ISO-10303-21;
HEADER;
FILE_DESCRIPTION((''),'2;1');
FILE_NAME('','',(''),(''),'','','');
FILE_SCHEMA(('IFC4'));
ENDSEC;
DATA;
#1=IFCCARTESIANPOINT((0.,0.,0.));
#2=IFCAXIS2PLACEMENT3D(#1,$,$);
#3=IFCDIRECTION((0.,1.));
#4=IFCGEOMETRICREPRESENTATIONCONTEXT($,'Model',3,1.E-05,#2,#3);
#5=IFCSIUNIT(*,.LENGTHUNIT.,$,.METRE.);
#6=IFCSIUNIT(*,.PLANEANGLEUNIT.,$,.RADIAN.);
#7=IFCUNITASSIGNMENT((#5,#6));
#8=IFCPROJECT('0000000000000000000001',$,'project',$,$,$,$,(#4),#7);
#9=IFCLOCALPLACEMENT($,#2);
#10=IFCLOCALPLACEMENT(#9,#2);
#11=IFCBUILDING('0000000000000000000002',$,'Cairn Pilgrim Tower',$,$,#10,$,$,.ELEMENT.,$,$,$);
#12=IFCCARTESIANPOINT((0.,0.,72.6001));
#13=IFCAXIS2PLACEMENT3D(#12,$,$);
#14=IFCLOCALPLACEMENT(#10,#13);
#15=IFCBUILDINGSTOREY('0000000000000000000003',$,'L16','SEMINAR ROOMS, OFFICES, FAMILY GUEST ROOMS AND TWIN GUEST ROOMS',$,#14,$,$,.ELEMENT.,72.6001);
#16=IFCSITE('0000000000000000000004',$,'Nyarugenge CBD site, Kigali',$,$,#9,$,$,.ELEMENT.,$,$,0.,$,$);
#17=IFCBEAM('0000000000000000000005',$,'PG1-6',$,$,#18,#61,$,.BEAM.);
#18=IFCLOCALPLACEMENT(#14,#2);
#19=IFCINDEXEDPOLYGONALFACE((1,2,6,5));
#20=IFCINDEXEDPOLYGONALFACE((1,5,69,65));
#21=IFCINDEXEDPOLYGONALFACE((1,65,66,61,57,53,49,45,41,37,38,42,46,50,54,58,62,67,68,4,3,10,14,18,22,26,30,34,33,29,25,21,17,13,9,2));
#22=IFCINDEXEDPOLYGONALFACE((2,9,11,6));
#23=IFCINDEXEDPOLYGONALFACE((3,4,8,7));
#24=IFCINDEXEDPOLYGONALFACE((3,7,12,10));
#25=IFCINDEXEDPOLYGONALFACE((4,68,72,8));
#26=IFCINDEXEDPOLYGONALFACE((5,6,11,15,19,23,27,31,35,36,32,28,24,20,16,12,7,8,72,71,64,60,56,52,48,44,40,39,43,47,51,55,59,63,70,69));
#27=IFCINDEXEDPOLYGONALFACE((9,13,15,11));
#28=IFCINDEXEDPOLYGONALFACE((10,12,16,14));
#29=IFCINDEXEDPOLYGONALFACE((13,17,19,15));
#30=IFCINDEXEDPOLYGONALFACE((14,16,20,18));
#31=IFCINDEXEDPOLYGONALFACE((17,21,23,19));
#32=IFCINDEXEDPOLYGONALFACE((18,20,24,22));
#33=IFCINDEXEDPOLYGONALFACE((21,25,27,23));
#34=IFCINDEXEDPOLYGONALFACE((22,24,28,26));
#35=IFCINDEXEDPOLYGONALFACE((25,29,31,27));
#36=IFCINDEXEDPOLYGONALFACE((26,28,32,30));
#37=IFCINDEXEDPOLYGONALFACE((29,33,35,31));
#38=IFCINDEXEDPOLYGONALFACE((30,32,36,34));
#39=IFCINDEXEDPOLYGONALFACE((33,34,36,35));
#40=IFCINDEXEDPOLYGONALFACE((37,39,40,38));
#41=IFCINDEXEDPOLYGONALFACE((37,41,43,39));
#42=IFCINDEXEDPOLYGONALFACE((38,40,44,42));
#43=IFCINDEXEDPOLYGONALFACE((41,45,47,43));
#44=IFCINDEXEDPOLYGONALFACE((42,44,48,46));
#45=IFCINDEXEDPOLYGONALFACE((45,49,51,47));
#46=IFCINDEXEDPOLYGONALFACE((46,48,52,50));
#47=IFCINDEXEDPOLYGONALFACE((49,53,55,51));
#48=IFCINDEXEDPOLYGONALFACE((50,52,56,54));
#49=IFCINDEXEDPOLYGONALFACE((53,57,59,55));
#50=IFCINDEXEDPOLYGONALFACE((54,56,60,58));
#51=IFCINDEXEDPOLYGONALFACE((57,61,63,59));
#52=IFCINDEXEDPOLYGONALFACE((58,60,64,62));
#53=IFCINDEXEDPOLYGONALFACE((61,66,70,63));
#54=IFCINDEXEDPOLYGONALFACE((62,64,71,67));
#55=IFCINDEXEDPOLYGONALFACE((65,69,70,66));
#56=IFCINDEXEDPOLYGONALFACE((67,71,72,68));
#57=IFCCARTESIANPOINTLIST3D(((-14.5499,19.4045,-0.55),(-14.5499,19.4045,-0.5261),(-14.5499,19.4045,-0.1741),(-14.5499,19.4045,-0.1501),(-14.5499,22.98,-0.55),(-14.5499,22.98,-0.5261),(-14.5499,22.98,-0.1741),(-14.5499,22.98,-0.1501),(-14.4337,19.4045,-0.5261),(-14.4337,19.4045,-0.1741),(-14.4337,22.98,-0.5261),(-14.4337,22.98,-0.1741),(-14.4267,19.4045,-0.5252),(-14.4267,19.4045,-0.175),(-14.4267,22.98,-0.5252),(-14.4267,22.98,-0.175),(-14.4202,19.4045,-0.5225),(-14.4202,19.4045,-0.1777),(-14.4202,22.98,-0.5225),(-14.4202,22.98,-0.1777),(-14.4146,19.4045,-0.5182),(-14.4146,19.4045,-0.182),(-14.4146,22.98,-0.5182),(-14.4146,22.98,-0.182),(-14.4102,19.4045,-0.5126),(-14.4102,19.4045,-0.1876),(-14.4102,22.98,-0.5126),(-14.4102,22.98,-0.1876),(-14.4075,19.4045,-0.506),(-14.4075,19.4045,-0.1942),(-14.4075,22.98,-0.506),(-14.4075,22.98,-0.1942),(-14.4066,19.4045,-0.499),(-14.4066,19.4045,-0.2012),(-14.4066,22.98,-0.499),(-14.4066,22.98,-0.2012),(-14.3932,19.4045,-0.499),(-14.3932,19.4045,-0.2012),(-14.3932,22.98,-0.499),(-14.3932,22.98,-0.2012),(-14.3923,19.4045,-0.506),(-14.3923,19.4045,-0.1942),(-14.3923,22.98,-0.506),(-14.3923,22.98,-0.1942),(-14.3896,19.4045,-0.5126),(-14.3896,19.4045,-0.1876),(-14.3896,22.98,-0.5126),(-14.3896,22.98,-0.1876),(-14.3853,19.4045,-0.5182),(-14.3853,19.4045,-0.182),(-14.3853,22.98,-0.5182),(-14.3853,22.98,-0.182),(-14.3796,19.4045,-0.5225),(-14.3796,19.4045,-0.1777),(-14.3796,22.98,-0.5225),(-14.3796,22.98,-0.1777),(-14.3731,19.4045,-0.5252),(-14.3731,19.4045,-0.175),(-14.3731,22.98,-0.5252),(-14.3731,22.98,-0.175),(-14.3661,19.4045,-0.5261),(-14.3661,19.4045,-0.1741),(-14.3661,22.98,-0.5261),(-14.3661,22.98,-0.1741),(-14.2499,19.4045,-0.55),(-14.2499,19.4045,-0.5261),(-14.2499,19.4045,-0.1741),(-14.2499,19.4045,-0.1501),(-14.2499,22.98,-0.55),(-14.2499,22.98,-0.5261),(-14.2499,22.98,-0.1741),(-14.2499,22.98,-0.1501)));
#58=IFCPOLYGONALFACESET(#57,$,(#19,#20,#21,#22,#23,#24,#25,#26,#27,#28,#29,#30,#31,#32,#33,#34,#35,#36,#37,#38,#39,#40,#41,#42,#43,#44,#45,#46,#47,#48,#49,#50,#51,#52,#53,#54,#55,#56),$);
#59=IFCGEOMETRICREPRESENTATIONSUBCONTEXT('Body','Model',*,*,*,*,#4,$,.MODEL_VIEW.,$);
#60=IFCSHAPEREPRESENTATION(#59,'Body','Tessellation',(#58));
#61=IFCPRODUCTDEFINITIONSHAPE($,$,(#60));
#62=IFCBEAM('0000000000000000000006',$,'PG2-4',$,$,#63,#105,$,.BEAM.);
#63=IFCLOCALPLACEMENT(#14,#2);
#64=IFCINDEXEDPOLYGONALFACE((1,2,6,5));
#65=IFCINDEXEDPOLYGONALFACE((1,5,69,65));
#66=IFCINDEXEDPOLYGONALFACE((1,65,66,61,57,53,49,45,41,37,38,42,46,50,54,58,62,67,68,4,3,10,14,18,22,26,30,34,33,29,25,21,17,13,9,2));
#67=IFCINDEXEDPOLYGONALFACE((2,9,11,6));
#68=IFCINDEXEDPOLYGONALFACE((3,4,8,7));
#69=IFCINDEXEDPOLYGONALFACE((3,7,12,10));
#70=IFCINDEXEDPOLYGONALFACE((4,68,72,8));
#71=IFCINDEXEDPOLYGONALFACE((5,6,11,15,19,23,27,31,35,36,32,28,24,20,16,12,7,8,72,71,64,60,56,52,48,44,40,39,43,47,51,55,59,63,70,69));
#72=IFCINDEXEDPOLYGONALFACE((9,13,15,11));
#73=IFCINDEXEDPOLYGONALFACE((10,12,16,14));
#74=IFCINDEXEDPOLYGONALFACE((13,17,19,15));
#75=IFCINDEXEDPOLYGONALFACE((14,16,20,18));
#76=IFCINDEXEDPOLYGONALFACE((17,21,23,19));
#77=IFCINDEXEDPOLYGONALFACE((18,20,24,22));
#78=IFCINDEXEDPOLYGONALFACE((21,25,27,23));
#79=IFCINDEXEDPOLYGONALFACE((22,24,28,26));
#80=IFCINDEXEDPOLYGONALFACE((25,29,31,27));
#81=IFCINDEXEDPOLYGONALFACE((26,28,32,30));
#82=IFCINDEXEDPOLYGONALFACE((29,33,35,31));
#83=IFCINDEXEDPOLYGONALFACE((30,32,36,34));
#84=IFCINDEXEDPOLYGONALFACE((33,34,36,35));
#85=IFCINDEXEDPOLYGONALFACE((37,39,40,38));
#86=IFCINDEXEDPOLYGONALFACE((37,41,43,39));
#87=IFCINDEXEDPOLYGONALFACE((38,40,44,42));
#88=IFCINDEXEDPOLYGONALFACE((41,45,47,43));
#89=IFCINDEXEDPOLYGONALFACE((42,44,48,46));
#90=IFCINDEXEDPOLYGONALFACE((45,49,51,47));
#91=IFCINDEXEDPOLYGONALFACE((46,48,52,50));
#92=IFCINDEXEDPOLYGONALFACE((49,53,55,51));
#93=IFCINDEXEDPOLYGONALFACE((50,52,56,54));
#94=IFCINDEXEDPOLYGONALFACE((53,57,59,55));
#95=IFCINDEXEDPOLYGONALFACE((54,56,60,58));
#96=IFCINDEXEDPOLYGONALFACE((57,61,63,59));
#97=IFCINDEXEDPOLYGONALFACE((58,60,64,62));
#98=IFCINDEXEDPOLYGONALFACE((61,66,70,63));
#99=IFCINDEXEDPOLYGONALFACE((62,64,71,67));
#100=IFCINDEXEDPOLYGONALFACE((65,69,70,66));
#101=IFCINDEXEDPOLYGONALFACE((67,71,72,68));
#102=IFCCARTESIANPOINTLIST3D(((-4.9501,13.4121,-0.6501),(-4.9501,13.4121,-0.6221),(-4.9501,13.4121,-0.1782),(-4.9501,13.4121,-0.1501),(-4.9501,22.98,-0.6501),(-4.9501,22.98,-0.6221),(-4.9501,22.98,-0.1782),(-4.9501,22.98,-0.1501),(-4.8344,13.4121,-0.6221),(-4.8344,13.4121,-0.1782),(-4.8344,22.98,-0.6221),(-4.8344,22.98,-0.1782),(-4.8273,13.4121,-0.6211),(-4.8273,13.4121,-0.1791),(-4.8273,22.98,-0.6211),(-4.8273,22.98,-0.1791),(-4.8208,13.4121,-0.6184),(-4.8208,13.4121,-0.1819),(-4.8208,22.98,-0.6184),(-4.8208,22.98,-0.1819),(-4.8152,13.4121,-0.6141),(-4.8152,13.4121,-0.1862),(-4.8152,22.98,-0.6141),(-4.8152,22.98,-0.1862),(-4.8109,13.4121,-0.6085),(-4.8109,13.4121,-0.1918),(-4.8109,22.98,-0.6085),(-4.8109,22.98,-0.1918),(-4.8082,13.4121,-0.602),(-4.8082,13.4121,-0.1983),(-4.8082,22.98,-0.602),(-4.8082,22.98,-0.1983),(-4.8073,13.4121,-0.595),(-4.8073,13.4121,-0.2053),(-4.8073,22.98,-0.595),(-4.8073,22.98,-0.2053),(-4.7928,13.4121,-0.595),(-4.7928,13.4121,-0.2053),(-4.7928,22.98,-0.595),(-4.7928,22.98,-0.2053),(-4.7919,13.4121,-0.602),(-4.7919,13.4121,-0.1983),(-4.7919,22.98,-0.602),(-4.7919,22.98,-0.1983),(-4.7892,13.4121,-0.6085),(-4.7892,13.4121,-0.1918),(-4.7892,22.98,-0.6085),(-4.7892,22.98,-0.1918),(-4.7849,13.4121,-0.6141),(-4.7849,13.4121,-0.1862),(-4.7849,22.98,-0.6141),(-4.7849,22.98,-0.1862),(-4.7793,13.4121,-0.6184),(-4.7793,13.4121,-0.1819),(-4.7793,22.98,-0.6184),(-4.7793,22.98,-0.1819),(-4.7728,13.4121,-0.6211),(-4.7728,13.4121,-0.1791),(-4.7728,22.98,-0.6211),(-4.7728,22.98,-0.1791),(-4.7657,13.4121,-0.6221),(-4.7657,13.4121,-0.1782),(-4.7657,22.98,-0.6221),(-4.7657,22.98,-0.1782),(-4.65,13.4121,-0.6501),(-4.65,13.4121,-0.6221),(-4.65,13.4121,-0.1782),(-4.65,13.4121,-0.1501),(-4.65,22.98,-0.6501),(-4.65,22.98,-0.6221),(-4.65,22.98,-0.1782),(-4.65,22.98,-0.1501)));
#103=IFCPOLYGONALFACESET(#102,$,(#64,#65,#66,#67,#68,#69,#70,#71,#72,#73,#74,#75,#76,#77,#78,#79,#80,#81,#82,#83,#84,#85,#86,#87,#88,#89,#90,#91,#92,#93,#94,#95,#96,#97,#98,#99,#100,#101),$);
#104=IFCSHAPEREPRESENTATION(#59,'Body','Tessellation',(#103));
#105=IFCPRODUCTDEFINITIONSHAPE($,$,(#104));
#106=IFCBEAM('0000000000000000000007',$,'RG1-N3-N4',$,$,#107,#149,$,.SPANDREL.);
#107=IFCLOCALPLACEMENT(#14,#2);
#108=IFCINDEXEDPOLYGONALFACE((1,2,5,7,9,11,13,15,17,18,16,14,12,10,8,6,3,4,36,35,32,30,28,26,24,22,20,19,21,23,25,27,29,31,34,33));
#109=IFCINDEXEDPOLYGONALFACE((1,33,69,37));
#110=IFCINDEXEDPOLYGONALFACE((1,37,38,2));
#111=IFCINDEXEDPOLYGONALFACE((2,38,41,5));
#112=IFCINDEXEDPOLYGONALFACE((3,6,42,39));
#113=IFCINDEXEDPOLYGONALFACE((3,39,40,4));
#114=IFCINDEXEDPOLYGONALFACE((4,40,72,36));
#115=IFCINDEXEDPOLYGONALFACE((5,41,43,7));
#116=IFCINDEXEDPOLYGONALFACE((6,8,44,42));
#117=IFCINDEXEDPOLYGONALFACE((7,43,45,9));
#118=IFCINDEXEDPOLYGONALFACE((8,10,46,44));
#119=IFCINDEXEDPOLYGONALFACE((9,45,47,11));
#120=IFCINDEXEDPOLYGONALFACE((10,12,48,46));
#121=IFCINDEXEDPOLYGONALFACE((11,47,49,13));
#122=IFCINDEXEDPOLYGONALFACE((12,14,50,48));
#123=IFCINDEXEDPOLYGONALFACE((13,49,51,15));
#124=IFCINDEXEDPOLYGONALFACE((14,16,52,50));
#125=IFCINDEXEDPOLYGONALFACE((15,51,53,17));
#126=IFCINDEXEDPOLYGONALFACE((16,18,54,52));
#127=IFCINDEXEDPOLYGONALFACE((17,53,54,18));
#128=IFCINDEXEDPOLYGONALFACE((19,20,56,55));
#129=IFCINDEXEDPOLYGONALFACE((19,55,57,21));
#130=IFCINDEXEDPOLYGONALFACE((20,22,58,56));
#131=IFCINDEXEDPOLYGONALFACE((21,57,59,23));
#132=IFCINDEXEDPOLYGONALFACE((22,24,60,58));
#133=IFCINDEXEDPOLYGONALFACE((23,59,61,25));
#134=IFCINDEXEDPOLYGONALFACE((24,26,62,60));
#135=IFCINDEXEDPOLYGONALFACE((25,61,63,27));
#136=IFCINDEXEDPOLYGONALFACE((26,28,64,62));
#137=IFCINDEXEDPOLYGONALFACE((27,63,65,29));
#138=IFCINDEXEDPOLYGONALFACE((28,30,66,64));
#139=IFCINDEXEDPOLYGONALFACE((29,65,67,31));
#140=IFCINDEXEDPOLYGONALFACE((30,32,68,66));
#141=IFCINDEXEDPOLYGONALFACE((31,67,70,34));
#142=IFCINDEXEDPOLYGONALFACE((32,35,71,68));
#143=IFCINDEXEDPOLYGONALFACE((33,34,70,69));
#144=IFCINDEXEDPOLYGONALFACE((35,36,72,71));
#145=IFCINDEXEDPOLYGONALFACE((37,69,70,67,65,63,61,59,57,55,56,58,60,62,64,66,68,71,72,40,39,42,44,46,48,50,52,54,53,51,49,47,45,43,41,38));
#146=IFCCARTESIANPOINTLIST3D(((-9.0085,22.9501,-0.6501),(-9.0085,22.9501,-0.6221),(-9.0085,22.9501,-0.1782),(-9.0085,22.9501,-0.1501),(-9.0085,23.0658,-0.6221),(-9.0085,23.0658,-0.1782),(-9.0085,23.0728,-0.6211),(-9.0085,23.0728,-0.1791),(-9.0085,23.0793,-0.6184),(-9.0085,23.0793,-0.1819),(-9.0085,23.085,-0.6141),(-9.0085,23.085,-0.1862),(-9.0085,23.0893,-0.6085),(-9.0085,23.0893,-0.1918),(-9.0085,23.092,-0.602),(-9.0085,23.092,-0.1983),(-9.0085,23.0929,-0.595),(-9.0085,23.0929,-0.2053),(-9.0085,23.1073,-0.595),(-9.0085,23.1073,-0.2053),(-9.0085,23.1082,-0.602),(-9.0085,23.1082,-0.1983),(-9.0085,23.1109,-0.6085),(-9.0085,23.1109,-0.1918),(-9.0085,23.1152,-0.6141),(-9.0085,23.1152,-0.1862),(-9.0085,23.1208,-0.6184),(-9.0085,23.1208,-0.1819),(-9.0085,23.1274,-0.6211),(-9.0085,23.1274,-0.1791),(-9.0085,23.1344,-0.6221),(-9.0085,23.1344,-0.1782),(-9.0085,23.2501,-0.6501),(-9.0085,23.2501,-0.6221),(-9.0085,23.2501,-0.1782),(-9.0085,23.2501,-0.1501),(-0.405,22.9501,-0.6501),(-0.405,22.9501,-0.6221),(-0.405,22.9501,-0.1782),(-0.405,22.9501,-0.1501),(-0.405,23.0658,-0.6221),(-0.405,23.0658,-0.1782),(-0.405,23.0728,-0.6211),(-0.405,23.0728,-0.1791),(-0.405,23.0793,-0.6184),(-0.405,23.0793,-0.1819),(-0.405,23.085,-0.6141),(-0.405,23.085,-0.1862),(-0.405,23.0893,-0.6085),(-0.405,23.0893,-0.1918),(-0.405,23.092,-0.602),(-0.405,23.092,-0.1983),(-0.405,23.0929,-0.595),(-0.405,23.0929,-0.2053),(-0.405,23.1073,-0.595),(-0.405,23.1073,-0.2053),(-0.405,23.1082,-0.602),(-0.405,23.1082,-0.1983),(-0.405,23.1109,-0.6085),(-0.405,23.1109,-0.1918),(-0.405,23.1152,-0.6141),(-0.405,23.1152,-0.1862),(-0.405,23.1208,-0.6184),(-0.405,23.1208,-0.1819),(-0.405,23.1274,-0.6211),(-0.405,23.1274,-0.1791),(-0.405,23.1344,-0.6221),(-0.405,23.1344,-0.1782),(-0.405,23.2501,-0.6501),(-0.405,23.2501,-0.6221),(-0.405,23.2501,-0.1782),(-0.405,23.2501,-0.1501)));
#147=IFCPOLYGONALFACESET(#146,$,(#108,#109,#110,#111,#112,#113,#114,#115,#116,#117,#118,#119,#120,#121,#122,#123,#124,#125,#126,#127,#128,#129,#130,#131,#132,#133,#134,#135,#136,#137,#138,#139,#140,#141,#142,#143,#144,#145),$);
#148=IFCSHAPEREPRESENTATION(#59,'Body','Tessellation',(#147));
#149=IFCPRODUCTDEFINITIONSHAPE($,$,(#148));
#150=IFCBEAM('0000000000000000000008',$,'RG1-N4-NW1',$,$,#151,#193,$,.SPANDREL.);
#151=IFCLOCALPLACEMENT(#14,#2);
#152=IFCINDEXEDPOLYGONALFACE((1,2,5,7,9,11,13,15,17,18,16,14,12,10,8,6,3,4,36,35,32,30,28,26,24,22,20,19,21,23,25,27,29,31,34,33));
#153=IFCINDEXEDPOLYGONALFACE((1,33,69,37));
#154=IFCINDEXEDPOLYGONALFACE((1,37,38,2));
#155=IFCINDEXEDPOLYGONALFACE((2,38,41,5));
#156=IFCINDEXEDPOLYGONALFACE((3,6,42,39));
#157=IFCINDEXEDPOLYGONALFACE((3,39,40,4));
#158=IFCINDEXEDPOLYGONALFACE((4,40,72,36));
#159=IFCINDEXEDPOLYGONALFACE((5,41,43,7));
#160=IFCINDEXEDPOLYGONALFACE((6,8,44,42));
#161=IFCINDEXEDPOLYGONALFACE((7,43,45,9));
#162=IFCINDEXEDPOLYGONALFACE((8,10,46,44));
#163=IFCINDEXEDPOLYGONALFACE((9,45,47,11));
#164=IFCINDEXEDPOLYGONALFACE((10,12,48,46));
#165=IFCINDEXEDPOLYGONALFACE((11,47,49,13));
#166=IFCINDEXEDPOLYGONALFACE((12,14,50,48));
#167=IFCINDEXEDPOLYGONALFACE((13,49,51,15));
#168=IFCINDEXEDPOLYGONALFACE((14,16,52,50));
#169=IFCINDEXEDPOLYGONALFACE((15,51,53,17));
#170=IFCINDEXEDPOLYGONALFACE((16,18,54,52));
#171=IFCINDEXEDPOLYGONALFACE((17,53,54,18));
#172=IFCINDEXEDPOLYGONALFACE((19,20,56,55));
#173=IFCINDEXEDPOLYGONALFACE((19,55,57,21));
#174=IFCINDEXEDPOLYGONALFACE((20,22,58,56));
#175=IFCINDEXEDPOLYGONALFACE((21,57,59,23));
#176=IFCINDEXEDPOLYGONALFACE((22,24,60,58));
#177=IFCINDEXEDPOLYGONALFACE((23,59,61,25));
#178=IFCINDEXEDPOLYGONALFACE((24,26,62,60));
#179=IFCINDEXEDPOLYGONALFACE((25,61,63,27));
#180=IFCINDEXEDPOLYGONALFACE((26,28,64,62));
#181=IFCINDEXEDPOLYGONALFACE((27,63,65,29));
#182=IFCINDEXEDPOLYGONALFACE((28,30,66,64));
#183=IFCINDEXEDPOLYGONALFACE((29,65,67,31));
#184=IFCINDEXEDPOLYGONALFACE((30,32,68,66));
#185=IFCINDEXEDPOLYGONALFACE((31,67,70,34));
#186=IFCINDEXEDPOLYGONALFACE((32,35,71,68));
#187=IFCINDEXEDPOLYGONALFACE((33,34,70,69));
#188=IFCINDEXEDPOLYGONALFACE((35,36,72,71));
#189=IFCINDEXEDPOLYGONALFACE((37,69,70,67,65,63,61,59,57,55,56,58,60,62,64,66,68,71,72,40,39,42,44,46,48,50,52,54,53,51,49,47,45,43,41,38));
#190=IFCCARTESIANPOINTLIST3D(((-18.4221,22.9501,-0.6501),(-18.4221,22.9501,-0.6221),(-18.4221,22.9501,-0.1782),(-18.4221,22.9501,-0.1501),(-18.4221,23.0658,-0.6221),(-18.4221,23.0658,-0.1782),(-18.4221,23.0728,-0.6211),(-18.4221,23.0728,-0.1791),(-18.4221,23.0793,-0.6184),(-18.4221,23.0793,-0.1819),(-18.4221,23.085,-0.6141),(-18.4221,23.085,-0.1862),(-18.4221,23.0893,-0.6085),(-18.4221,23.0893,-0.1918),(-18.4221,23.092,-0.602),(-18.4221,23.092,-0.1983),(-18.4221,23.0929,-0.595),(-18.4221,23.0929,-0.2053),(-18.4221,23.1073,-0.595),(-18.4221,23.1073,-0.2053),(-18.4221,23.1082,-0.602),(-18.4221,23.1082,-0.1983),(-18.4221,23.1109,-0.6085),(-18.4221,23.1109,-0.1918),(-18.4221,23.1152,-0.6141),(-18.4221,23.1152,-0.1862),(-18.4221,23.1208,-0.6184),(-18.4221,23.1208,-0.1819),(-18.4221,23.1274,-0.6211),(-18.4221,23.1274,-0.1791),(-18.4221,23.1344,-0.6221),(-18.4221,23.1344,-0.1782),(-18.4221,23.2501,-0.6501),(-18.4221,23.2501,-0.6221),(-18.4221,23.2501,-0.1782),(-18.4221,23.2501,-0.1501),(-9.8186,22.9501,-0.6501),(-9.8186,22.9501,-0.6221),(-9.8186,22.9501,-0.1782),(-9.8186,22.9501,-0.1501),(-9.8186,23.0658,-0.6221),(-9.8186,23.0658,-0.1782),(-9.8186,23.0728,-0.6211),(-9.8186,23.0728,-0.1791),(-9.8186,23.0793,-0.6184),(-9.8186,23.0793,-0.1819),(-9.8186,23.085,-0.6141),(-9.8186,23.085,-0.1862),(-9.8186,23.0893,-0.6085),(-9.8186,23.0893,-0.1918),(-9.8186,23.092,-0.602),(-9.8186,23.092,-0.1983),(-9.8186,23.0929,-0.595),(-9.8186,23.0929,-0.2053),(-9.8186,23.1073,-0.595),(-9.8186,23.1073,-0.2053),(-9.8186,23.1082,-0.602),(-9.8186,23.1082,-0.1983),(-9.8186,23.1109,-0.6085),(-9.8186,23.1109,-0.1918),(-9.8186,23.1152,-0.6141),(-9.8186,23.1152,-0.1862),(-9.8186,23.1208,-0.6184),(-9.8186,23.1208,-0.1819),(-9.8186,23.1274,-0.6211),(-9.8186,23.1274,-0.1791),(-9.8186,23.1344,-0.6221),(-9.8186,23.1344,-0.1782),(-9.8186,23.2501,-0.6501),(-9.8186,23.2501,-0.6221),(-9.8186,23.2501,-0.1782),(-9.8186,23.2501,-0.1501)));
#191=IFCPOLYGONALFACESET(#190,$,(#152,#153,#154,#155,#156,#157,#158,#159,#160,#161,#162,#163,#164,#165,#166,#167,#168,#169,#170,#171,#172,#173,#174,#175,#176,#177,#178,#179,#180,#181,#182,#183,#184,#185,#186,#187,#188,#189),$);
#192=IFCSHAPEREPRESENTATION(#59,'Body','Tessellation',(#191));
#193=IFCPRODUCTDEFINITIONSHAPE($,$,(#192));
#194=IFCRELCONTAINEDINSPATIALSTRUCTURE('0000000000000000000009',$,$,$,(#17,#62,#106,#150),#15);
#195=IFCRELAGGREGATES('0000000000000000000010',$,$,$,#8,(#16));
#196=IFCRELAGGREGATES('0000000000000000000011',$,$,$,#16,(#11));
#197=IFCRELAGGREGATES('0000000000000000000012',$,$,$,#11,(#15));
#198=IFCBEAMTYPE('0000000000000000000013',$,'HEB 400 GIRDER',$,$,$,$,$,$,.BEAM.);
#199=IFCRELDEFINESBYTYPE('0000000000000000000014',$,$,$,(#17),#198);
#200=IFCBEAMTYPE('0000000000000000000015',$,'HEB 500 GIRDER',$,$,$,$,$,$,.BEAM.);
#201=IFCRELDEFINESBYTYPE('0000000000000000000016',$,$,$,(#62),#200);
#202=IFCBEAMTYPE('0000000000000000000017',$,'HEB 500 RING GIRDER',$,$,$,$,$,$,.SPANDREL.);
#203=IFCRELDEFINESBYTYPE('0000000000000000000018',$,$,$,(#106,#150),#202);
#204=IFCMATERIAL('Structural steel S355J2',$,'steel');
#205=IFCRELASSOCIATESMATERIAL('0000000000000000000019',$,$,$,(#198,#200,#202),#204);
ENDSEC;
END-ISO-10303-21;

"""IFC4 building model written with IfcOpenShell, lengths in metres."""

from ifc_helpers import new_model, si_unit, direction, frame, origin, origin_2d, place, context, subcontext, project, spatial, i_section, extrude, material, material_profile, profile_set, type_object, element, save


model = new_model("IFC4")

# Units and contexts
model_context = context("Model", 3, precision=1e-05, world=origin(), true_north=direction((0.0, 1.0)))
body_context = subcontext(model_context, "Body", "Model", "MODEL_VIEW")
ifc_project = project(units=[si_unit("LENGTHUNIT", "METRE"), si_unit("PLANEANGLEUNIT", "RADIAN")], contexts=[model_context])

# Site, building, storey
site_placement = place(None, origin())
site = spatial("IfcSite", under=ifc_project, at=site_placement, Name="Nyarugenge CBD site, Kigali", CompositionType="ELEMENT", RefElevation=0.0)
building_placement = place(site_placement, origin())
building = spatial("IfcBuilding", under=site, at=building_placement, Name="Cairn Pilgrim Tower", CompositionType="ELEMENT")
storey_placement = place(building_placement, frame((0.0, 0.0, 72.6001)))
storey = spatial("IfcBuildingStorey", under=building, at=storey_placement, Name="L16", Description="SEMINAR ROOMS, OFFICES, FAMILY GUEST ROOMS AND TWIN GUEST ROOMS", CompositionType="ELEMENT", Elevation=72.6001)

# Beams
ifc_material_1 = material(Name="Structural steel S355J2", Category="steel")
ifc_material_profile_1 = material_profile(ifc_material_1, i_section(OverallWidth=0.3, OverallDepth=0.3999, WebThickness=0.0134, FlangeThickness=0.0239, FilletRadius=0.0271, at=origin_2d()), Name="HEB 400")
ifc_profile_set_1 = profile_set([ifc_material_profile_1], Name="Structural steel S355J2")
beam_type_1 = type_object("IfcBeamType", Name="HEB 400 GIRDER", PredefinedType="BEAM", material=ifc_profile_set_1)
beam_1_placement = place(storey_placement, frame((-14.3999, 19.4045, -0.3501), z_axis=(0.0, 1.0, 0.0), x_axis=(-1.0, 0.0, 0.0)))
element("IfcBeam", 1, at=beam_1_placement, inside=storey, type_object=beam_type_1, Name="PG1-6", PredefinedType="BEAM", context=body_context, shape_type="SweptSolid", body=[
    extrude(i_section(OverallWidth=0.3, OverallDepth=0.3999, WebThickness=0.0134, FlangeThickness=0.0239, FilletRadius=0.0271, at=origin_2d()), origin(), (0.0, 0.0, 1.0), 3.5754),
])
ifc_material_profile_2 = material_profile(ifc_material_1, i_section(OverallWidth=0.3, OverallDepth=0.5, WebThickness=0.0144, FlangeThickness=0.0281, FilletRadius=0.0271, at=origin_2d()), Name="HEB 500")
ifc_profile_set_2 = profile_set([ifc_material_profile_2], Name="Structural steel S355J2")
beam_type_2 = type_object("IfcBeamType", Name="HEB 500 GIRDER", PredefinedType="BEAM", material=ifc_profile_set_2)
beam_2_placement = place(storey_placement, frame((-4.8, 13.4121, -0.4001), z_axis=(0.0, 1.0, 0.0), x_axis=(-1.0, 0.0, 0.0)))
element("IfcBeam", 2, at=beam_2_placement, inside=storey, type_object=beam_type_2, Name="PG2-4", PredefinedType="BEAM", context=body_context, shape_type="SweptSolid", body=[
    extrude(i_section(OverallWidth=0.3, OverallDepth=0.5, WebThickness=0.0144, FlangeThickness=0.0281, FilletRadius=0.0271, at=origin_2d()), origin(), (0.0, 0.0, 1.0), 9.5679),
])
ifc_material_profile_3 = material_profile(ifc_material_1, i_section(OverallWidth=0.3, OverallDepth=0.5, WebThickness=0.0144, FlangeThickness=0.0281, FilletRadius=0.0271, at=origin_2d()), Name="HEB 500")
ifc_profile_set_3 = profile_set([ifc_material_profile_3], Name="Structural steel S355J2")
beam_type_3 = type_object("IfcBeamType", Name="HEB 500 RING GIRDER", PredefinedType="SPANDREL", material=ifc_profile_set_3)
for number, where, z_axis, x_axis, name in (
    (3, (-0.405, 23.1001, -0.4001), (-1.0, 0.0, 0.0), (0.0, -1.0, 0.0), "RG1-N3-N4"),
    (4, (-9.8186, 23.1001, -0.4001), (-1.0, 0.0, 0.0), (0.0, -1.0, 0.0), "RG1-N4-NW1"),
):
    element("IfcBeam", number, at=place(storey_placement, frame(where, z_axis=z_axis, x_axis=x_axis)), inside=storey, type_object=beam_type_3, Name=name, PredefinedType="SPANDREL", context=body_context, shape_type="SweptSolid", body=[
        extrude(i_section(OverallWidth=0.3, OverallDepth=0.5, WebThickness=0.0144, FlangeThickness=0.0281, FilletRadius=0.0271, at=origin_2d()), origin(), (0.0, 0.0, 1.0), 8.6035),
    ])

save(model, "model.ifc")
